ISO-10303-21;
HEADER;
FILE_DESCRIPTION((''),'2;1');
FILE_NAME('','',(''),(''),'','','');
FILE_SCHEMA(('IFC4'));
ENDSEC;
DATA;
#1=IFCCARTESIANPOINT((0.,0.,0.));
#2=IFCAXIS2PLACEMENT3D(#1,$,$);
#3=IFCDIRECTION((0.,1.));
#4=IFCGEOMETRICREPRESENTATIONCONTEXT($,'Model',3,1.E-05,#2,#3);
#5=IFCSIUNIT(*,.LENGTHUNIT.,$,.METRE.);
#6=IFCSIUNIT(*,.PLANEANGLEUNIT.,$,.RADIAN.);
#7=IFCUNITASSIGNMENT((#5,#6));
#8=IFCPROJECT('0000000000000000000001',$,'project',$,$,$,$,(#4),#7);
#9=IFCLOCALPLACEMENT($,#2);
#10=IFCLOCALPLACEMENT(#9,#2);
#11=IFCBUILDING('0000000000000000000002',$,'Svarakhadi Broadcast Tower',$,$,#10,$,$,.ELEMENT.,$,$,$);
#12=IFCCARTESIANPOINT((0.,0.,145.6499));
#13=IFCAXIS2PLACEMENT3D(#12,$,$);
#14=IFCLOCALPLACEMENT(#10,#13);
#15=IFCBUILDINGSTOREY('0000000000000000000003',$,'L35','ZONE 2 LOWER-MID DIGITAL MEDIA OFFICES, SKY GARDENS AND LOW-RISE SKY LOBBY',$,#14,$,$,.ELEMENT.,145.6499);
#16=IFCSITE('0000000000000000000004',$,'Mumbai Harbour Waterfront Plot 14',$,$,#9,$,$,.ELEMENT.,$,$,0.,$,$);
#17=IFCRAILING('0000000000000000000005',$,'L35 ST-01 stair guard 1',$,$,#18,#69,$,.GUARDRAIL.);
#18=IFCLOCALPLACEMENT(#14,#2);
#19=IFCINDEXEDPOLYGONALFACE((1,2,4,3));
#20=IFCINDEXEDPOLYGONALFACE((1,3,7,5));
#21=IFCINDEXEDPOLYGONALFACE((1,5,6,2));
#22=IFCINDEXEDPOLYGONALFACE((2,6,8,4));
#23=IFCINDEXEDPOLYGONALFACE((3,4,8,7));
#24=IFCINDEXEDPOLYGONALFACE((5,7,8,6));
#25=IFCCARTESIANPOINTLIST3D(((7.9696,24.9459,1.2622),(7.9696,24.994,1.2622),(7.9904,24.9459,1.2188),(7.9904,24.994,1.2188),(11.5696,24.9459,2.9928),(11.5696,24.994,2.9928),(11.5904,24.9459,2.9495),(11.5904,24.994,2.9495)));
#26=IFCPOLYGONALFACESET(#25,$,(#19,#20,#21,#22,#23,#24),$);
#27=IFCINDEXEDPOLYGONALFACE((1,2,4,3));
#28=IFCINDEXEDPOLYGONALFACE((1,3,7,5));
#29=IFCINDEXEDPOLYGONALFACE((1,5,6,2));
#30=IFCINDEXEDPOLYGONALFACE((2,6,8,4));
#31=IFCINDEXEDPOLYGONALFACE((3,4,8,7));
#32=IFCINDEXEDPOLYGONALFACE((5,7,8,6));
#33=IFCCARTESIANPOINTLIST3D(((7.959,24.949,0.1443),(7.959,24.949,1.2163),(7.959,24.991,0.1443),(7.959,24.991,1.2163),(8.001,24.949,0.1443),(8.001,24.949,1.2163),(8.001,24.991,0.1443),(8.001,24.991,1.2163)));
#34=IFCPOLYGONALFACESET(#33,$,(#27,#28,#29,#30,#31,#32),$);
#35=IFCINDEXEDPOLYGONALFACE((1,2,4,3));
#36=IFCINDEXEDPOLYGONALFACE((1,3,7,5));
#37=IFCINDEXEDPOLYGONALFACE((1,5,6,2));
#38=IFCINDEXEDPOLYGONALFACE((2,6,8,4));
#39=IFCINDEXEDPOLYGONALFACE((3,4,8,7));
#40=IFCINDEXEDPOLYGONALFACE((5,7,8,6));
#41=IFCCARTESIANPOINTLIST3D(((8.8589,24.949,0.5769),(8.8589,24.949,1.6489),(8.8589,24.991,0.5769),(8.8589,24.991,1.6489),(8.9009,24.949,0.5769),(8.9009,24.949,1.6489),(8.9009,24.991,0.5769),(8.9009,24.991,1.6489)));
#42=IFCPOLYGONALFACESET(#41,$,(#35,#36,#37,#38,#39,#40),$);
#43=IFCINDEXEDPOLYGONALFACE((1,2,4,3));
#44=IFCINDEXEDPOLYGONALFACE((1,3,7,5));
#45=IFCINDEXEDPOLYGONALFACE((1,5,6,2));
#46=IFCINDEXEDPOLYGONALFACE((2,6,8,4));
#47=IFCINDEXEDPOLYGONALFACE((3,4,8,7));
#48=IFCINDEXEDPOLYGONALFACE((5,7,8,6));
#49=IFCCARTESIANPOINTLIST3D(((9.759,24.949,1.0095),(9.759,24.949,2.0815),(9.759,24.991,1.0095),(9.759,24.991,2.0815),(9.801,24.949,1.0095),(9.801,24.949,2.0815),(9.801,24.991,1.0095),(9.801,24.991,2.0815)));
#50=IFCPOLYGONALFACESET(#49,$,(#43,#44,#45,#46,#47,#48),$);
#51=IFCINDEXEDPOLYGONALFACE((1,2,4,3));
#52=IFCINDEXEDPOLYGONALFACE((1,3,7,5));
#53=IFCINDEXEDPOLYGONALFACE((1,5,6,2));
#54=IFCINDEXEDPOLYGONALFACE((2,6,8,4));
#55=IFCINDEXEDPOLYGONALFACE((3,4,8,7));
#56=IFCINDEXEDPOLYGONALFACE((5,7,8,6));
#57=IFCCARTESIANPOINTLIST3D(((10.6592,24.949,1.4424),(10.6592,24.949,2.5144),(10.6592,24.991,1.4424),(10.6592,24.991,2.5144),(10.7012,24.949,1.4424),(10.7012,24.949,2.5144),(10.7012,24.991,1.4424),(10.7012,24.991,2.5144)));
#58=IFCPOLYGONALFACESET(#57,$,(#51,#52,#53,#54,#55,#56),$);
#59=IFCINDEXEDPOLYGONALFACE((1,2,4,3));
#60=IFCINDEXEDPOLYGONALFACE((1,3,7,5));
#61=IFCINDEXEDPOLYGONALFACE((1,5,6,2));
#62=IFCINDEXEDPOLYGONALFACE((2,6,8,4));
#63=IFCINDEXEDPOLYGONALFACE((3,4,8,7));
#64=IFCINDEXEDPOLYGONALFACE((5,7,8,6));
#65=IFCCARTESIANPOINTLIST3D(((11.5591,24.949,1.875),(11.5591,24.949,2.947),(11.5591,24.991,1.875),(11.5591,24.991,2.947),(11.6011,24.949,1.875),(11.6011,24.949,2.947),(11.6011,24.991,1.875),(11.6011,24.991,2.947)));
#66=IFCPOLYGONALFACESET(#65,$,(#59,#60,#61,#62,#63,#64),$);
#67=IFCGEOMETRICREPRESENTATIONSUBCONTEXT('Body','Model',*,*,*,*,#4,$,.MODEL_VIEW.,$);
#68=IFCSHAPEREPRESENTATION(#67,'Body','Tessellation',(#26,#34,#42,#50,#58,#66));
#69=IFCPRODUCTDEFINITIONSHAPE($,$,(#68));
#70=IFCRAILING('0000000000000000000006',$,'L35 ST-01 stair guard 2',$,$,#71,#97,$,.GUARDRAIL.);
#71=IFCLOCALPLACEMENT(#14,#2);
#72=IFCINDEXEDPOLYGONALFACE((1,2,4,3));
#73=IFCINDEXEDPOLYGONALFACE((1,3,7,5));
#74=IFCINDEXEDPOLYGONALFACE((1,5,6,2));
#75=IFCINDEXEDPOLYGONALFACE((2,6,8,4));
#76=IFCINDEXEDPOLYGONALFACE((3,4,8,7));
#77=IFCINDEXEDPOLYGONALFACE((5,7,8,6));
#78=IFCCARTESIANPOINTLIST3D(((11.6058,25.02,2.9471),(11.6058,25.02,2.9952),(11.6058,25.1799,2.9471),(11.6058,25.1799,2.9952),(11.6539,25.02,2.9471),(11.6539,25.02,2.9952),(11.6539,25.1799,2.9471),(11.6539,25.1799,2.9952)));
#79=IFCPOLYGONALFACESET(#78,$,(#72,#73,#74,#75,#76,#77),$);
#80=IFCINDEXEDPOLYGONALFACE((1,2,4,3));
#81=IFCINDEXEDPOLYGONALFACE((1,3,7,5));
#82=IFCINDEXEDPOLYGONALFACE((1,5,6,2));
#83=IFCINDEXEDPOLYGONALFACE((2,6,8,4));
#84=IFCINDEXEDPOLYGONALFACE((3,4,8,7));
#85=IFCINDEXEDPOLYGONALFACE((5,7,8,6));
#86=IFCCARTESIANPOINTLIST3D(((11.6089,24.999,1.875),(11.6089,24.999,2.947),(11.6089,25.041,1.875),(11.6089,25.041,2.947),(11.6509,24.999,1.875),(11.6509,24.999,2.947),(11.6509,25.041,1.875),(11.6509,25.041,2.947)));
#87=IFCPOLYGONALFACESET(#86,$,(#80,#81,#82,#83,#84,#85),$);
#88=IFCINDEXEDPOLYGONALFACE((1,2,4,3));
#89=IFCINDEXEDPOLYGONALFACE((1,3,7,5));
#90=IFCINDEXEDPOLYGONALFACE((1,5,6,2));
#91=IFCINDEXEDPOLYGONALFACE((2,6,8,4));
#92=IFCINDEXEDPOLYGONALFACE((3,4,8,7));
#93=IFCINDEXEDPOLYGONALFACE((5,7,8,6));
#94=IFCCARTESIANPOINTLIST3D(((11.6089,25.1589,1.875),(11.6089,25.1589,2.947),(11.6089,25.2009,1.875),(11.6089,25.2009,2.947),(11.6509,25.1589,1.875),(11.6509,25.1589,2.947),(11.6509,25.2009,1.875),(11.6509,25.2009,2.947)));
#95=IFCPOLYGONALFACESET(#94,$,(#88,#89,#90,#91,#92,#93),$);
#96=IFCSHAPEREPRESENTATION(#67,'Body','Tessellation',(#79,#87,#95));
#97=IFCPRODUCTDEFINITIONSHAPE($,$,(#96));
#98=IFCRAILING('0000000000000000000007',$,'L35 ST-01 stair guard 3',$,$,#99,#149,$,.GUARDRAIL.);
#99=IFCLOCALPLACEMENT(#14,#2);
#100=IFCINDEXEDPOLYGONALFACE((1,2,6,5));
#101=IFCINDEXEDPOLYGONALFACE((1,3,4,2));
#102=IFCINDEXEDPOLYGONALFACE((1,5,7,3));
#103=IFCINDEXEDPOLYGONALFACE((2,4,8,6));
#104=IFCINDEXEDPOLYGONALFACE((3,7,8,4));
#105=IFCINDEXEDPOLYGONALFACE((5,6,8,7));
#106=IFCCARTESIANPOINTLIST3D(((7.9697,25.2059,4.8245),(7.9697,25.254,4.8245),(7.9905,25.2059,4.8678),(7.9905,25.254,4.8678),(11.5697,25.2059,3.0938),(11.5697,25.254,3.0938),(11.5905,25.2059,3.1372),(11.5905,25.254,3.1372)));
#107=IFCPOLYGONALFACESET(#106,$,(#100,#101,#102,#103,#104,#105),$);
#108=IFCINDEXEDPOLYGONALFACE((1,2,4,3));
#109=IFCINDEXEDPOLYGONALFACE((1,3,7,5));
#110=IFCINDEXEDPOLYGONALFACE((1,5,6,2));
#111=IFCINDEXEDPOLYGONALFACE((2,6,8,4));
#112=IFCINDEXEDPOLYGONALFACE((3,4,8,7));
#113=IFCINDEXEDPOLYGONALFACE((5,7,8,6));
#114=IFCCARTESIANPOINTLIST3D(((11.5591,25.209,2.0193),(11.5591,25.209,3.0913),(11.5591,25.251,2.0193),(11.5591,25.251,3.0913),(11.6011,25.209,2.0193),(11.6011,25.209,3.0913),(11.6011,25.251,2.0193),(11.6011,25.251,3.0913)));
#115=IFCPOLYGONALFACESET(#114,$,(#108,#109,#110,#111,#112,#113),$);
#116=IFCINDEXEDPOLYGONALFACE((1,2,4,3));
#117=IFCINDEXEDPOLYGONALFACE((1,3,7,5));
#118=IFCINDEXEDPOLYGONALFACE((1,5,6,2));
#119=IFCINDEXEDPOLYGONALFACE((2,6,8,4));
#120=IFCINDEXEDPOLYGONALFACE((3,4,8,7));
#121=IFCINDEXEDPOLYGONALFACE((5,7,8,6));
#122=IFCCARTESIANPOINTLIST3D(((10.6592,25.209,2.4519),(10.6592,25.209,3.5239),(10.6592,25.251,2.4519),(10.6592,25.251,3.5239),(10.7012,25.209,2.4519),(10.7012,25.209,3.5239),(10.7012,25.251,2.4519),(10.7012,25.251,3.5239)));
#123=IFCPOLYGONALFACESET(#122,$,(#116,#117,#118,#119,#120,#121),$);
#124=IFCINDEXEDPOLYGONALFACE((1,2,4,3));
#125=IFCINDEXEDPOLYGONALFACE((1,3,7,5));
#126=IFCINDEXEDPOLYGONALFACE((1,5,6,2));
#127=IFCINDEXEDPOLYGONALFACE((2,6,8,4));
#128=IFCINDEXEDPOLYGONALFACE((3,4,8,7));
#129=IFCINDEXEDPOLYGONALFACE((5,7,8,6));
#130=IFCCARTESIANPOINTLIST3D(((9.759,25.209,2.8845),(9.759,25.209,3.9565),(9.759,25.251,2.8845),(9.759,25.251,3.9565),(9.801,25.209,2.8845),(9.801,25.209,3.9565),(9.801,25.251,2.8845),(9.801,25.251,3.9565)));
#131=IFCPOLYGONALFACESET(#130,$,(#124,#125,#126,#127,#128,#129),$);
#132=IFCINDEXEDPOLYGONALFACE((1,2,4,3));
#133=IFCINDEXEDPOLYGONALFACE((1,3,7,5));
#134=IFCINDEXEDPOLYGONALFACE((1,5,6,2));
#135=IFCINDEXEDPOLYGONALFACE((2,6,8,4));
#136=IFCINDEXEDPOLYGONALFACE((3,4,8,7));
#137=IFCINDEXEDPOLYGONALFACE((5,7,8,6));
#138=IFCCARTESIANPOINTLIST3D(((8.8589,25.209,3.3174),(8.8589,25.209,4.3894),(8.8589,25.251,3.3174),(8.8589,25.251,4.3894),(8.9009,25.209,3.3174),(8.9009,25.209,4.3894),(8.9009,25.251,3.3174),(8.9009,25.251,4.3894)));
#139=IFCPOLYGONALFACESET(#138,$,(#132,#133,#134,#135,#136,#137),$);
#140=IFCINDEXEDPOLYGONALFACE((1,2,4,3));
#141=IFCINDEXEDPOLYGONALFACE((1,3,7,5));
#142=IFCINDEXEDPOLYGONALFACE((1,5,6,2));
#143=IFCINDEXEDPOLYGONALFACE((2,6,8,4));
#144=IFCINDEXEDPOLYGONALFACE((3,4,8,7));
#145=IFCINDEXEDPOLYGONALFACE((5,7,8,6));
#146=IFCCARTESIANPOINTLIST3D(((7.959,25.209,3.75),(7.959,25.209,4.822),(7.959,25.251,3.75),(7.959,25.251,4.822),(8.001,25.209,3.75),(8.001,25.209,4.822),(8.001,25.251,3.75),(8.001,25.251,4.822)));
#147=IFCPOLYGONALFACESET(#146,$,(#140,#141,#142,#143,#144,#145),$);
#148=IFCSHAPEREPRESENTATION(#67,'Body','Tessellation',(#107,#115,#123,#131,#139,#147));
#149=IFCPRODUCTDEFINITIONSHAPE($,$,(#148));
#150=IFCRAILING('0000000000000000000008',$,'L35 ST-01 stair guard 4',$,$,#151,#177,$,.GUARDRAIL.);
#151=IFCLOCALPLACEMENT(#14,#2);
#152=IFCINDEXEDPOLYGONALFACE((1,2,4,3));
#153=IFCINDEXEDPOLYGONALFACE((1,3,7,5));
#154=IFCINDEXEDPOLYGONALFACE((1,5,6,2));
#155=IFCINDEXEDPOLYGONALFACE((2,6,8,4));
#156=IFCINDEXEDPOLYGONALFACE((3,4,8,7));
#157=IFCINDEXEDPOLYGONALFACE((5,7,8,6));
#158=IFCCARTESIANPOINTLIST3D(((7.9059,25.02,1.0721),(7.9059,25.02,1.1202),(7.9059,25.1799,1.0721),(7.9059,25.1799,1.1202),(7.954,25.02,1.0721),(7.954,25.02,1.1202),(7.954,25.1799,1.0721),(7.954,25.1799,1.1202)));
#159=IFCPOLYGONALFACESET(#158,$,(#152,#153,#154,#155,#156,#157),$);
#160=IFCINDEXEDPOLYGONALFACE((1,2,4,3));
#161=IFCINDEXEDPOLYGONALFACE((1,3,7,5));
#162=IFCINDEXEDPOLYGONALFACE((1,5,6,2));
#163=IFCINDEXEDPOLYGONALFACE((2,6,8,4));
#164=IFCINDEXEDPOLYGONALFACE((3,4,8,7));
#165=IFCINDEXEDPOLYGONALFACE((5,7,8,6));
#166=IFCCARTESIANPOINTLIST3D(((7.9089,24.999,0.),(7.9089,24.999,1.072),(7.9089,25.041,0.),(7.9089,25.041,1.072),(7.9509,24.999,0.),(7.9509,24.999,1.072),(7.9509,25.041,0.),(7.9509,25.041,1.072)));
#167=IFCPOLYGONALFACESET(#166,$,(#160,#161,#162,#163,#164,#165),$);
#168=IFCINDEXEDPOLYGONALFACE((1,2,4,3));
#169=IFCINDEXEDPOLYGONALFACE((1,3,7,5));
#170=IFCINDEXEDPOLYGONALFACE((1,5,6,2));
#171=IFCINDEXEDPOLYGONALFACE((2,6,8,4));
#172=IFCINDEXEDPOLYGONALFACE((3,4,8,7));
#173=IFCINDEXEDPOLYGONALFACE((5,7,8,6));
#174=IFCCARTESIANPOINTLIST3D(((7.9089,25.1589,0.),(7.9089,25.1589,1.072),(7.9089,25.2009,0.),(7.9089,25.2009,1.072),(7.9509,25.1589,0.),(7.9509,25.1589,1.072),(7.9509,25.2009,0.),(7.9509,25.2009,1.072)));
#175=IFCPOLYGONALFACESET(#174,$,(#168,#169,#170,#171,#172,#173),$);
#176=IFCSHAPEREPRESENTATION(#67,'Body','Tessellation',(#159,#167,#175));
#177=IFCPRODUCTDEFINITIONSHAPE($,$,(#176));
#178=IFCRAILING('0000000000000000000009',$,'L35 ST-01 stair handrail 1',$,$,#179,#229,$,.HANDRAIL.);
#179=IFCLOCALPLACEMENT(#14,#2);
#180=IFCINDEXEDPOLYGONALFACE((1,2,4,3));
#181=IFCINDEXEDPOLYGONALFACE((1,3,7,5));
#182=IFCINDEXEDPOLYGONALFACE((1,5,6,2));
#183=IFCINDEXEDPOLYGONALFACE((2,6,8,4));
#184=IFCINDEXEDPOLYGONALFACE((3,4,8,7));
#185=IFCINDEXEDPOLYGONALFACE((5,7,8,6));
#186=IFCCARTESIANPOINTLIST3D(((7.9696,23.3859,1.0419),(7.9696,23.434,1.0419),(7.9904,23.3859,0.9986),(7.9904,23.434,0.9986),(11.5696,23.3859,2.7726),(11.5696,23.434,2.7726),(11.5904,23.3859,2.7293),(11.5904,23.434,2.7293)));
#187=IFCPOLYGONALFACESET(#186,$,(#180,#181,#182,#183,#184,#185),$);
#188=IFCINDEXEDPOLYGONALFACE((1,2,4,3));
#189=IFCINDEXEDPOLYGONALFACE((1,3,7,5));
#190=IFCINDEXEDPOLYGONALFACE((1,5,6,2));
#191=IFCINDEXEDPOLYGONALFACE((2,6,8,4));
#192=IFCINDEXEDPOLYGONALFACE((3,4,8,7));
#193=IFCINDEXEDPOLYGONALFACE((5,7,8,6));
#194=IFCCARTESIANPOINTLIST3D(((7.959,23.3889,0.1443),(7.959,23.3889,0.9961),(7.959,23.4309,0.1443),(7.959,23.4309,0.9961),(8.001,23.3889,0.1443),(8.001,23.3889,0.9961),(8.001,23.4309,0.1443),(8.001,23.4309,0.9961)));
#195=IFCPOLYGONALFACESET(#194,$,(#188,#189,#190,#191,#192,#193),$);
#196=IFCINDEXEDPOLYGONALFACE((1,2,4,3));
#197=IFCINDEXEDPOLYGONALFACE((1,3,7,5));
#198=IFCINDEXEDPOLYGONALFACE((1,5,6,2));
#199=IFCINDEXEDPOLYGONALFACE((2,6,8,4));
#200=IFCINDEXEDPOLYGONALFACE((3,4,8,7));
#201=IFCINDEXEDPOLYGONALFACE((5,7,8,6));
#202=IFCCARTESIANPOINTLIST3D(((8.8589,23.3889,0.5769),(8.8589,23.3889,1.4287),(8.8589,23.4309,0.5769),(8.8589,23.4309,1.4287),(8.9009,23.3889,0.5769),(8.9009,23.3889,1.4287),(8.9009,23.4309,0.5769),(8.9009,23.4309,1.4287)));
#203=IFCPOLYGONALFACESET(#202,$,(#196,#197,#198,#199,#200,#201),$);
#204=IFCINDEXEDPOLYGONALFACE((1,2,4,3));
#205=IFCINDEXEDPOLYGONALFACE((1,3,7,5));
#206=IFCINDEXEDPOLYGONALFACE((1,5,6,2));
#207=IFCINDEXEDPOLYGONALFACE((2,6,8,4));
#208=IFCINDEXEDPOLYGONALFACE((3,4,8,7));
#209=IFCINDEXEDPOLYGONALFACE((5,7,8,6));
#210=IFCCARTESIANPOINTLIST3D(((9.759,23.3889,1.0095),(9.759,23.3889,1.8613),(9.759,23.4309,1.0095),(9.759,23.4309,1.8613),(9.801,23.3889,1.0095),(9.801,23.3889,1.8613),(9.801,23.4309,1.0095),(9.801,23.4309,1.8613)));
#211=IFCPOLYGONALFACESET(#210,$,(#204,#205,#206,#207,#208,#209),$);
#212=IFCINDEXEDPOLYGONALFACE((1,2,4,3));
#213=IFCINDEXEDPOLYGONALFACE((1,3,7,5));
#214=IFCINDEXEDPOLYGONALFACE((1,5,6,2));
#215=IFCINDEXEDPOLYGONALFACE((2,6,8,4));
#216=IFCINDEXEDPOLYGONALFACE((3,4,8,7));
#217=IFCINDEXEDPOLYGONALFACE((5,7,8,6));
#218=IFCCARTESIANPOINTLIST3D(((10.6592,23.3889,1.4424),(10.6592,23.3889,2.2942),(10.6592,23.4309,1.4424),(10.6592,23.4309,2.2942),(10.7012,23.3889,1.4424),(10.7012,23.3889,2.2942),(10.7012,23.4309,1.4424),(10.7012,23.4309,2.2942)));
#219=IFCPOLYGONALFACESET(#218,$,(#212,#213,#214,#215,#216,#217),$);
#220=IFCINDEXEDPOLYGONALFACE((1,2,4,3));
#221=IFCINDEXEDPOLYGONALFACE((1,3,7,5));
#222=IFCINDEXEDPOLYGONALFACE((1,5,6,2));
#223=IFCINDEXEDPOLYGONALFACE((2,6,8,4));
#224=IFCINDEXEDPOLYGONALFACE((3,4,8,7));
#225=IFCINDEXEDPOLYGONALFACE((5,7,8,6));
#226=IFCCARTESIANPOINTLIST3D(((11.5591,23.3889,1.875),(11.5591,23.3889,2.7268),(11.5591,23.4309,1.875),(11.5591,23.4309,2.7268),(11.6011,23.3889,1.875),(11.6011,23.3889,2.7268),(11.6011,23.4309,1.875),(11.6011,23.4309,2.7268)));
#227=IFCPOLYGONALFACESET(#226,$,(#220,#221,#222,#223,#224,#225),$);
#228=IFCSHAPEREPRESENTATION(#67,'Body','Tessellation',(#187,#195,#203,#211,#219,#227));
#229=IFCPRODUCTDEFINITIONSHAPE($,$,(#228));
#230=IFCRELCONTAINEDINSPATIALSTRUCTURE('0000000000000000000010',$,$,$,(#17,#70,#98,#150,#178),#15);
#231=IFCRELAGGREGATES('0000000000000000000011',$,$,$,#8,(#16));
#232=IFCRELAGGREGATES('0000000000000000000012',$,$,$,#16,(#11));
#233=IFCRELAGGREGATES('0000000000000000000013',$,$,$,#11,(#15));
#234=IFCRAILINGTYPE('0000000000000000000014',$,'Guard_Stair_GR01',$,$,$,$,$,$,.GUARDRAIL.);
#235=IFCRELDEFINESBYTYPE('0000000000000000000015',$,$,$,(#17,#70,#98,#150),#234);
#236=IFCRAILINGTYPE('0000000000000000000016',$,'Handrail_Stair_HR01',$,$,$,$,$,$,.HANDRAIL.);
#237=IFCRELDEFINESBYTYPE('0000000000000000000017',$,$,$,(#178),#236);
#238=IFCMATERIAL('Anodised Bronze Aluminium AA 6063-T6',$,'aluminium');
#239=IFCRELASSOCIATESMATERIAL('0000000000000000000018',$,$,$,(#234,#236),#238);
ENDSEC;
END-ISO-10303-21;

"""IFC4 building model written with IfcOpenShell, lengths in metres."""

from ifc_helpers import new_model, si_unit, direction, frame, origin, origin_2d, place, context, subcontext, project, spatial, rectangle, extrude, material, type_object, element, save


model = new_model("IFC4")

# Units and contexts
model_context = context("Model", 3, precision=1e-05, world=origin(), true_north=direction((0.0, 1.0)))
body_context = subcontext(model_context, "Body", "Model", "MODEL_VIEW")
ifc_project = project(units=[si_unit("LENGTHUNIT", "METRE"), si_unit("PLANEANGLEUNIT", "RADIAN")], contexts=[model_context])

# Site, building, storey
site_placement = place(None, origin())
site = spatial("IfcSite", under=ifc_project, at=site_placement, Name="Mumbai Harbour Waterfront Plot 14", CompositionType="ELEMENT", RefElevation=0.0)
building_placement = place(site_placement, origin())
building = spatial("IfcBuilding", under=site, at=building_placement, Name="Svarakhadi Broadcast Tower", CompositionType="ELEMENT")
storey_placement = place(building_placement, frame((0.0, 0.0, 145.6499)))
storey = spatial("IfcBuildingStorey", under=building, at=storey_placement, Name="L35", Description="ZONE 2 LOWER-MID DIGITAL MEDIA OFFICES, SKY GARDENS AND LOW-RISE SKY LOBBY", CompositionType="ELEMENT", Elevation=145.6499)

# Railings
ifc_material_1 = material(Name="Anodised Bronze Aluminium AA 6063-T6", Category="aluminium")
railing_type_1 = type_object("IfcRailingType", Name="Guard_Stair_GR01", PredefinedType="GUARDRAIL", material=ifc_material_1)
railing_1_placement = place(storey_placement, frame((7.98, 24.97, 0.1443)))
element("IfcRailing", 1, at=railing_1_placement, inside=storey, type_object=railing_type_1, Name="L35 ST-01 stair guard 1", PredefinedType="GUARDRAIL", context=body_context, shape_type="SweptSolid", body=[
    extrude(rectangle(XDim=0.0481, YDim=0.0481, at=origin_2d()), frame((0.0, 0.0, 1.0962), z_axis=(0.901263, 0.0, 0.433273), x_axis=(0.0, 1.0, 0.0)), (0.0, 0.0, 1.0), 3.9944),
    extrude(rectangle(XDim=0.042, YDim=0.042, at=origin_2d()), origin(), (0.0, 0.0, 1.0), 1.072),
    extrude(rectangle(XDim=0.042, YDim=0.042, at=origin_2d()), frame((0.8999, 0.0, 0.4326)), (0.0, 0.0, 1.0), 1.072),
    extrude(rectangle(XDim=0.042, YDim=0.042, at=origin_2d()), frame((1.8, 0.0, 0.8652)), (0.0, 0.0, 1.0), 1.072),
    extrude(rectangle(XDim=0.042, YDim=0.042, at=origin_2d()), frame((2.7002, 0.0, 1.2981)), (0.0, 0.0, 1.0), 1.072),
    extrude(rectangle(XDim=0.042, YDim=0.042, at=origin_2d()), frame((3.6001, 0.0, 1.7307)), (0.0, 0.0, 1.0), 1.072),
])
railing_2_placement = place(storey_placement, frame((11.6299, 25.02, 1.875)))
element("IfcRailing", 2, at=railing_2_placement, inside=storey, type_object=railing_type_1, Name="L35 ST-01 stair guard 2", PredefinedType="GUARDRAIL", context=body_context, shape_type="SweptSolid", body=[
    extrude(rectangle(XDim=0.0481, YDim=0.0481, at=origin_2d()), frame((0.0, 0.0, 1.0962), z_axis=(0.0, 1.0, 0.0), x_axis=(-1.0, 0.0, 0.0)), (0.0, 0.0, 1.0), 0.1599),
    extrude(rectangle(XDim=0.042, YDim=0.042, at=origin_2d()), origin(), (0.0, 0.0, 1.0), 1.072),
    extrude(rectangle(XDim=0.042, YDim=0.042, at=origin_2d()), frame((0.0, 0.1599, 0.0)), (0.0, 0.0, 1.0), 1.072),
])
railing_3_placement = place(storey_placement, frame((11.5801, 25.23, 2.0193)))
element("IfcRailing", 3, at=railing_3_placement, inside=storey, type_object=railing_type_1, Name="L35 ST-01 stair guard 3", PredefinedType="GUARDRAIL", context=body_context, shape_type="SweptSolid", body=[
    extrude(rectangle(XDim=0.0481, YDim=0.0481, at=origin_2d()), frame((0.0, 0.0, 1.0962), z_axis=(-0.901263, 0.0, 0.433273), x_axis=(0.0, -1.0, 0.0)), (0.0, 0.0, 1.0), 3.9944),
    extrude(rectangle(XDim=0.042, YDim=0.042, at=origin_2d()), origin(), (0.0, 0.0, 1.0), 1.072),
    extrude(rectangle(XDim=0.042, YDim=0.042, at=origin_2d()), frame((-0.8999, 0.0, 0.4326)), (0.0, 0.0, 1.0), 1.072),
    extrude(rectangle(XDim=0.042, YDim=0.042, at=origin_2d()), frame((-1.8, 0.0, 0.8652)), (0.0, 0.0, 1.0), 1.072),
    extrude(rectangle(XDim=0.042, YDim=0.042, at=origin_2d()), frame((-2.7002, 0.0, 1.2981)), (0.0, 0.0, 1.0), 1.072),
    extrude(rectangle(XDim=0.042, YDim=0.042, at=origin_2d()), frame((-3.6001, 0.0, 1.7307)), (0.0, 0.0, 1.0), 1.072),
])
railing_4_placement = place(storey_placement, frame((7.9299, 25.02, 0.0)))
element("IfcRailing", 4, at=railing_4_placement, inside=storey, type_object=railing_type_1, Name="L35 ST-01 stair guard 4", PredefinedType="GUARDRAIL", context=body_context, shape_type="SweptSolid", body=[
    extrude(rectangle(XDim=0.0481, YDim=0.0481, at=origin_2d()), frame((0.0, 0.0, 1.0962), z_axis=(0.0, 1.0, 0.0), x_axis=(-1.0, 0.0, 0.0)), (0.0, 0.0, 1.0), 0.1599),
    extrude(rectangle(XDim=0.042, YDim=0.042, at=origin_2d()), origin(), (0.0, 0.0, 1.0), 1.072),
    extrude(rectangle(XDim=0.042, YDim=0.042, at=origin_2d()), frame((0.0, 0.1599, 0.0)), (0.0, 0.0, 1.0), 1.072),
])
railing_type_2 = type_object("IfcRailingType", Name="Handrail_Stair_HR01", PredefinedType="HANDRAIL", material=ifc_material_1)
railing_5_placement = place(storey_placement, frame((7.98, 23.4099, 0.1443)))
element("IfcRailing", 5, at=railing_5_placement, inside=storey, type_object=railing_type_2, Name="L35 ST-01 stair handrail 1", PredefinedType="HANDRAIL", context=body_context, shape_type="SweptSolid", body=[
    extrude(rectangle(XDim=0.0481, YDim=0.0481, at=origin_2d()), frame((0.0, 0.0, 0.876), z_axis=(0.901263, 0.0, 0.433273), x_axis=(0.0, 1.0, 0.0)), (0.0, 0.0, 1.0), 3.9944),
    extrude(rectangle(XDim=0.042, YDim=0.042, at=origin_2d()), origin(), (0.0, 0.0, 1.0), 0.8518),
    extrude(rectangle(XDim=0.042, YDim=0.042, at=origin_2d()), frame((0.8999, 0.0, 0.4326)), (0.0, 0.0, 1.0), 0.8518),
    extrude(rectangle(XDim=0.042, YDim=0.042, at=origin_2d()), frame((1.8, 0.0, 0.8652)), (0.0, 0.0, 1.0), 0.8518),
    extrude(rectangle(XDim=0.042, YDim=0.042, at=origin_2d()), frame((2.7002, 0.0, 1.2981)), (0.0, 0.0, 1.0), 0.8518),
    extrude(rectangle(XDim=0.042, YDim=0.042, at=origin_2d()), frame((3.6001, 0.0, 1.7307)), (0.0, 0.0, 1.0), 0.8518),
])

save(model, "model.ifc")
